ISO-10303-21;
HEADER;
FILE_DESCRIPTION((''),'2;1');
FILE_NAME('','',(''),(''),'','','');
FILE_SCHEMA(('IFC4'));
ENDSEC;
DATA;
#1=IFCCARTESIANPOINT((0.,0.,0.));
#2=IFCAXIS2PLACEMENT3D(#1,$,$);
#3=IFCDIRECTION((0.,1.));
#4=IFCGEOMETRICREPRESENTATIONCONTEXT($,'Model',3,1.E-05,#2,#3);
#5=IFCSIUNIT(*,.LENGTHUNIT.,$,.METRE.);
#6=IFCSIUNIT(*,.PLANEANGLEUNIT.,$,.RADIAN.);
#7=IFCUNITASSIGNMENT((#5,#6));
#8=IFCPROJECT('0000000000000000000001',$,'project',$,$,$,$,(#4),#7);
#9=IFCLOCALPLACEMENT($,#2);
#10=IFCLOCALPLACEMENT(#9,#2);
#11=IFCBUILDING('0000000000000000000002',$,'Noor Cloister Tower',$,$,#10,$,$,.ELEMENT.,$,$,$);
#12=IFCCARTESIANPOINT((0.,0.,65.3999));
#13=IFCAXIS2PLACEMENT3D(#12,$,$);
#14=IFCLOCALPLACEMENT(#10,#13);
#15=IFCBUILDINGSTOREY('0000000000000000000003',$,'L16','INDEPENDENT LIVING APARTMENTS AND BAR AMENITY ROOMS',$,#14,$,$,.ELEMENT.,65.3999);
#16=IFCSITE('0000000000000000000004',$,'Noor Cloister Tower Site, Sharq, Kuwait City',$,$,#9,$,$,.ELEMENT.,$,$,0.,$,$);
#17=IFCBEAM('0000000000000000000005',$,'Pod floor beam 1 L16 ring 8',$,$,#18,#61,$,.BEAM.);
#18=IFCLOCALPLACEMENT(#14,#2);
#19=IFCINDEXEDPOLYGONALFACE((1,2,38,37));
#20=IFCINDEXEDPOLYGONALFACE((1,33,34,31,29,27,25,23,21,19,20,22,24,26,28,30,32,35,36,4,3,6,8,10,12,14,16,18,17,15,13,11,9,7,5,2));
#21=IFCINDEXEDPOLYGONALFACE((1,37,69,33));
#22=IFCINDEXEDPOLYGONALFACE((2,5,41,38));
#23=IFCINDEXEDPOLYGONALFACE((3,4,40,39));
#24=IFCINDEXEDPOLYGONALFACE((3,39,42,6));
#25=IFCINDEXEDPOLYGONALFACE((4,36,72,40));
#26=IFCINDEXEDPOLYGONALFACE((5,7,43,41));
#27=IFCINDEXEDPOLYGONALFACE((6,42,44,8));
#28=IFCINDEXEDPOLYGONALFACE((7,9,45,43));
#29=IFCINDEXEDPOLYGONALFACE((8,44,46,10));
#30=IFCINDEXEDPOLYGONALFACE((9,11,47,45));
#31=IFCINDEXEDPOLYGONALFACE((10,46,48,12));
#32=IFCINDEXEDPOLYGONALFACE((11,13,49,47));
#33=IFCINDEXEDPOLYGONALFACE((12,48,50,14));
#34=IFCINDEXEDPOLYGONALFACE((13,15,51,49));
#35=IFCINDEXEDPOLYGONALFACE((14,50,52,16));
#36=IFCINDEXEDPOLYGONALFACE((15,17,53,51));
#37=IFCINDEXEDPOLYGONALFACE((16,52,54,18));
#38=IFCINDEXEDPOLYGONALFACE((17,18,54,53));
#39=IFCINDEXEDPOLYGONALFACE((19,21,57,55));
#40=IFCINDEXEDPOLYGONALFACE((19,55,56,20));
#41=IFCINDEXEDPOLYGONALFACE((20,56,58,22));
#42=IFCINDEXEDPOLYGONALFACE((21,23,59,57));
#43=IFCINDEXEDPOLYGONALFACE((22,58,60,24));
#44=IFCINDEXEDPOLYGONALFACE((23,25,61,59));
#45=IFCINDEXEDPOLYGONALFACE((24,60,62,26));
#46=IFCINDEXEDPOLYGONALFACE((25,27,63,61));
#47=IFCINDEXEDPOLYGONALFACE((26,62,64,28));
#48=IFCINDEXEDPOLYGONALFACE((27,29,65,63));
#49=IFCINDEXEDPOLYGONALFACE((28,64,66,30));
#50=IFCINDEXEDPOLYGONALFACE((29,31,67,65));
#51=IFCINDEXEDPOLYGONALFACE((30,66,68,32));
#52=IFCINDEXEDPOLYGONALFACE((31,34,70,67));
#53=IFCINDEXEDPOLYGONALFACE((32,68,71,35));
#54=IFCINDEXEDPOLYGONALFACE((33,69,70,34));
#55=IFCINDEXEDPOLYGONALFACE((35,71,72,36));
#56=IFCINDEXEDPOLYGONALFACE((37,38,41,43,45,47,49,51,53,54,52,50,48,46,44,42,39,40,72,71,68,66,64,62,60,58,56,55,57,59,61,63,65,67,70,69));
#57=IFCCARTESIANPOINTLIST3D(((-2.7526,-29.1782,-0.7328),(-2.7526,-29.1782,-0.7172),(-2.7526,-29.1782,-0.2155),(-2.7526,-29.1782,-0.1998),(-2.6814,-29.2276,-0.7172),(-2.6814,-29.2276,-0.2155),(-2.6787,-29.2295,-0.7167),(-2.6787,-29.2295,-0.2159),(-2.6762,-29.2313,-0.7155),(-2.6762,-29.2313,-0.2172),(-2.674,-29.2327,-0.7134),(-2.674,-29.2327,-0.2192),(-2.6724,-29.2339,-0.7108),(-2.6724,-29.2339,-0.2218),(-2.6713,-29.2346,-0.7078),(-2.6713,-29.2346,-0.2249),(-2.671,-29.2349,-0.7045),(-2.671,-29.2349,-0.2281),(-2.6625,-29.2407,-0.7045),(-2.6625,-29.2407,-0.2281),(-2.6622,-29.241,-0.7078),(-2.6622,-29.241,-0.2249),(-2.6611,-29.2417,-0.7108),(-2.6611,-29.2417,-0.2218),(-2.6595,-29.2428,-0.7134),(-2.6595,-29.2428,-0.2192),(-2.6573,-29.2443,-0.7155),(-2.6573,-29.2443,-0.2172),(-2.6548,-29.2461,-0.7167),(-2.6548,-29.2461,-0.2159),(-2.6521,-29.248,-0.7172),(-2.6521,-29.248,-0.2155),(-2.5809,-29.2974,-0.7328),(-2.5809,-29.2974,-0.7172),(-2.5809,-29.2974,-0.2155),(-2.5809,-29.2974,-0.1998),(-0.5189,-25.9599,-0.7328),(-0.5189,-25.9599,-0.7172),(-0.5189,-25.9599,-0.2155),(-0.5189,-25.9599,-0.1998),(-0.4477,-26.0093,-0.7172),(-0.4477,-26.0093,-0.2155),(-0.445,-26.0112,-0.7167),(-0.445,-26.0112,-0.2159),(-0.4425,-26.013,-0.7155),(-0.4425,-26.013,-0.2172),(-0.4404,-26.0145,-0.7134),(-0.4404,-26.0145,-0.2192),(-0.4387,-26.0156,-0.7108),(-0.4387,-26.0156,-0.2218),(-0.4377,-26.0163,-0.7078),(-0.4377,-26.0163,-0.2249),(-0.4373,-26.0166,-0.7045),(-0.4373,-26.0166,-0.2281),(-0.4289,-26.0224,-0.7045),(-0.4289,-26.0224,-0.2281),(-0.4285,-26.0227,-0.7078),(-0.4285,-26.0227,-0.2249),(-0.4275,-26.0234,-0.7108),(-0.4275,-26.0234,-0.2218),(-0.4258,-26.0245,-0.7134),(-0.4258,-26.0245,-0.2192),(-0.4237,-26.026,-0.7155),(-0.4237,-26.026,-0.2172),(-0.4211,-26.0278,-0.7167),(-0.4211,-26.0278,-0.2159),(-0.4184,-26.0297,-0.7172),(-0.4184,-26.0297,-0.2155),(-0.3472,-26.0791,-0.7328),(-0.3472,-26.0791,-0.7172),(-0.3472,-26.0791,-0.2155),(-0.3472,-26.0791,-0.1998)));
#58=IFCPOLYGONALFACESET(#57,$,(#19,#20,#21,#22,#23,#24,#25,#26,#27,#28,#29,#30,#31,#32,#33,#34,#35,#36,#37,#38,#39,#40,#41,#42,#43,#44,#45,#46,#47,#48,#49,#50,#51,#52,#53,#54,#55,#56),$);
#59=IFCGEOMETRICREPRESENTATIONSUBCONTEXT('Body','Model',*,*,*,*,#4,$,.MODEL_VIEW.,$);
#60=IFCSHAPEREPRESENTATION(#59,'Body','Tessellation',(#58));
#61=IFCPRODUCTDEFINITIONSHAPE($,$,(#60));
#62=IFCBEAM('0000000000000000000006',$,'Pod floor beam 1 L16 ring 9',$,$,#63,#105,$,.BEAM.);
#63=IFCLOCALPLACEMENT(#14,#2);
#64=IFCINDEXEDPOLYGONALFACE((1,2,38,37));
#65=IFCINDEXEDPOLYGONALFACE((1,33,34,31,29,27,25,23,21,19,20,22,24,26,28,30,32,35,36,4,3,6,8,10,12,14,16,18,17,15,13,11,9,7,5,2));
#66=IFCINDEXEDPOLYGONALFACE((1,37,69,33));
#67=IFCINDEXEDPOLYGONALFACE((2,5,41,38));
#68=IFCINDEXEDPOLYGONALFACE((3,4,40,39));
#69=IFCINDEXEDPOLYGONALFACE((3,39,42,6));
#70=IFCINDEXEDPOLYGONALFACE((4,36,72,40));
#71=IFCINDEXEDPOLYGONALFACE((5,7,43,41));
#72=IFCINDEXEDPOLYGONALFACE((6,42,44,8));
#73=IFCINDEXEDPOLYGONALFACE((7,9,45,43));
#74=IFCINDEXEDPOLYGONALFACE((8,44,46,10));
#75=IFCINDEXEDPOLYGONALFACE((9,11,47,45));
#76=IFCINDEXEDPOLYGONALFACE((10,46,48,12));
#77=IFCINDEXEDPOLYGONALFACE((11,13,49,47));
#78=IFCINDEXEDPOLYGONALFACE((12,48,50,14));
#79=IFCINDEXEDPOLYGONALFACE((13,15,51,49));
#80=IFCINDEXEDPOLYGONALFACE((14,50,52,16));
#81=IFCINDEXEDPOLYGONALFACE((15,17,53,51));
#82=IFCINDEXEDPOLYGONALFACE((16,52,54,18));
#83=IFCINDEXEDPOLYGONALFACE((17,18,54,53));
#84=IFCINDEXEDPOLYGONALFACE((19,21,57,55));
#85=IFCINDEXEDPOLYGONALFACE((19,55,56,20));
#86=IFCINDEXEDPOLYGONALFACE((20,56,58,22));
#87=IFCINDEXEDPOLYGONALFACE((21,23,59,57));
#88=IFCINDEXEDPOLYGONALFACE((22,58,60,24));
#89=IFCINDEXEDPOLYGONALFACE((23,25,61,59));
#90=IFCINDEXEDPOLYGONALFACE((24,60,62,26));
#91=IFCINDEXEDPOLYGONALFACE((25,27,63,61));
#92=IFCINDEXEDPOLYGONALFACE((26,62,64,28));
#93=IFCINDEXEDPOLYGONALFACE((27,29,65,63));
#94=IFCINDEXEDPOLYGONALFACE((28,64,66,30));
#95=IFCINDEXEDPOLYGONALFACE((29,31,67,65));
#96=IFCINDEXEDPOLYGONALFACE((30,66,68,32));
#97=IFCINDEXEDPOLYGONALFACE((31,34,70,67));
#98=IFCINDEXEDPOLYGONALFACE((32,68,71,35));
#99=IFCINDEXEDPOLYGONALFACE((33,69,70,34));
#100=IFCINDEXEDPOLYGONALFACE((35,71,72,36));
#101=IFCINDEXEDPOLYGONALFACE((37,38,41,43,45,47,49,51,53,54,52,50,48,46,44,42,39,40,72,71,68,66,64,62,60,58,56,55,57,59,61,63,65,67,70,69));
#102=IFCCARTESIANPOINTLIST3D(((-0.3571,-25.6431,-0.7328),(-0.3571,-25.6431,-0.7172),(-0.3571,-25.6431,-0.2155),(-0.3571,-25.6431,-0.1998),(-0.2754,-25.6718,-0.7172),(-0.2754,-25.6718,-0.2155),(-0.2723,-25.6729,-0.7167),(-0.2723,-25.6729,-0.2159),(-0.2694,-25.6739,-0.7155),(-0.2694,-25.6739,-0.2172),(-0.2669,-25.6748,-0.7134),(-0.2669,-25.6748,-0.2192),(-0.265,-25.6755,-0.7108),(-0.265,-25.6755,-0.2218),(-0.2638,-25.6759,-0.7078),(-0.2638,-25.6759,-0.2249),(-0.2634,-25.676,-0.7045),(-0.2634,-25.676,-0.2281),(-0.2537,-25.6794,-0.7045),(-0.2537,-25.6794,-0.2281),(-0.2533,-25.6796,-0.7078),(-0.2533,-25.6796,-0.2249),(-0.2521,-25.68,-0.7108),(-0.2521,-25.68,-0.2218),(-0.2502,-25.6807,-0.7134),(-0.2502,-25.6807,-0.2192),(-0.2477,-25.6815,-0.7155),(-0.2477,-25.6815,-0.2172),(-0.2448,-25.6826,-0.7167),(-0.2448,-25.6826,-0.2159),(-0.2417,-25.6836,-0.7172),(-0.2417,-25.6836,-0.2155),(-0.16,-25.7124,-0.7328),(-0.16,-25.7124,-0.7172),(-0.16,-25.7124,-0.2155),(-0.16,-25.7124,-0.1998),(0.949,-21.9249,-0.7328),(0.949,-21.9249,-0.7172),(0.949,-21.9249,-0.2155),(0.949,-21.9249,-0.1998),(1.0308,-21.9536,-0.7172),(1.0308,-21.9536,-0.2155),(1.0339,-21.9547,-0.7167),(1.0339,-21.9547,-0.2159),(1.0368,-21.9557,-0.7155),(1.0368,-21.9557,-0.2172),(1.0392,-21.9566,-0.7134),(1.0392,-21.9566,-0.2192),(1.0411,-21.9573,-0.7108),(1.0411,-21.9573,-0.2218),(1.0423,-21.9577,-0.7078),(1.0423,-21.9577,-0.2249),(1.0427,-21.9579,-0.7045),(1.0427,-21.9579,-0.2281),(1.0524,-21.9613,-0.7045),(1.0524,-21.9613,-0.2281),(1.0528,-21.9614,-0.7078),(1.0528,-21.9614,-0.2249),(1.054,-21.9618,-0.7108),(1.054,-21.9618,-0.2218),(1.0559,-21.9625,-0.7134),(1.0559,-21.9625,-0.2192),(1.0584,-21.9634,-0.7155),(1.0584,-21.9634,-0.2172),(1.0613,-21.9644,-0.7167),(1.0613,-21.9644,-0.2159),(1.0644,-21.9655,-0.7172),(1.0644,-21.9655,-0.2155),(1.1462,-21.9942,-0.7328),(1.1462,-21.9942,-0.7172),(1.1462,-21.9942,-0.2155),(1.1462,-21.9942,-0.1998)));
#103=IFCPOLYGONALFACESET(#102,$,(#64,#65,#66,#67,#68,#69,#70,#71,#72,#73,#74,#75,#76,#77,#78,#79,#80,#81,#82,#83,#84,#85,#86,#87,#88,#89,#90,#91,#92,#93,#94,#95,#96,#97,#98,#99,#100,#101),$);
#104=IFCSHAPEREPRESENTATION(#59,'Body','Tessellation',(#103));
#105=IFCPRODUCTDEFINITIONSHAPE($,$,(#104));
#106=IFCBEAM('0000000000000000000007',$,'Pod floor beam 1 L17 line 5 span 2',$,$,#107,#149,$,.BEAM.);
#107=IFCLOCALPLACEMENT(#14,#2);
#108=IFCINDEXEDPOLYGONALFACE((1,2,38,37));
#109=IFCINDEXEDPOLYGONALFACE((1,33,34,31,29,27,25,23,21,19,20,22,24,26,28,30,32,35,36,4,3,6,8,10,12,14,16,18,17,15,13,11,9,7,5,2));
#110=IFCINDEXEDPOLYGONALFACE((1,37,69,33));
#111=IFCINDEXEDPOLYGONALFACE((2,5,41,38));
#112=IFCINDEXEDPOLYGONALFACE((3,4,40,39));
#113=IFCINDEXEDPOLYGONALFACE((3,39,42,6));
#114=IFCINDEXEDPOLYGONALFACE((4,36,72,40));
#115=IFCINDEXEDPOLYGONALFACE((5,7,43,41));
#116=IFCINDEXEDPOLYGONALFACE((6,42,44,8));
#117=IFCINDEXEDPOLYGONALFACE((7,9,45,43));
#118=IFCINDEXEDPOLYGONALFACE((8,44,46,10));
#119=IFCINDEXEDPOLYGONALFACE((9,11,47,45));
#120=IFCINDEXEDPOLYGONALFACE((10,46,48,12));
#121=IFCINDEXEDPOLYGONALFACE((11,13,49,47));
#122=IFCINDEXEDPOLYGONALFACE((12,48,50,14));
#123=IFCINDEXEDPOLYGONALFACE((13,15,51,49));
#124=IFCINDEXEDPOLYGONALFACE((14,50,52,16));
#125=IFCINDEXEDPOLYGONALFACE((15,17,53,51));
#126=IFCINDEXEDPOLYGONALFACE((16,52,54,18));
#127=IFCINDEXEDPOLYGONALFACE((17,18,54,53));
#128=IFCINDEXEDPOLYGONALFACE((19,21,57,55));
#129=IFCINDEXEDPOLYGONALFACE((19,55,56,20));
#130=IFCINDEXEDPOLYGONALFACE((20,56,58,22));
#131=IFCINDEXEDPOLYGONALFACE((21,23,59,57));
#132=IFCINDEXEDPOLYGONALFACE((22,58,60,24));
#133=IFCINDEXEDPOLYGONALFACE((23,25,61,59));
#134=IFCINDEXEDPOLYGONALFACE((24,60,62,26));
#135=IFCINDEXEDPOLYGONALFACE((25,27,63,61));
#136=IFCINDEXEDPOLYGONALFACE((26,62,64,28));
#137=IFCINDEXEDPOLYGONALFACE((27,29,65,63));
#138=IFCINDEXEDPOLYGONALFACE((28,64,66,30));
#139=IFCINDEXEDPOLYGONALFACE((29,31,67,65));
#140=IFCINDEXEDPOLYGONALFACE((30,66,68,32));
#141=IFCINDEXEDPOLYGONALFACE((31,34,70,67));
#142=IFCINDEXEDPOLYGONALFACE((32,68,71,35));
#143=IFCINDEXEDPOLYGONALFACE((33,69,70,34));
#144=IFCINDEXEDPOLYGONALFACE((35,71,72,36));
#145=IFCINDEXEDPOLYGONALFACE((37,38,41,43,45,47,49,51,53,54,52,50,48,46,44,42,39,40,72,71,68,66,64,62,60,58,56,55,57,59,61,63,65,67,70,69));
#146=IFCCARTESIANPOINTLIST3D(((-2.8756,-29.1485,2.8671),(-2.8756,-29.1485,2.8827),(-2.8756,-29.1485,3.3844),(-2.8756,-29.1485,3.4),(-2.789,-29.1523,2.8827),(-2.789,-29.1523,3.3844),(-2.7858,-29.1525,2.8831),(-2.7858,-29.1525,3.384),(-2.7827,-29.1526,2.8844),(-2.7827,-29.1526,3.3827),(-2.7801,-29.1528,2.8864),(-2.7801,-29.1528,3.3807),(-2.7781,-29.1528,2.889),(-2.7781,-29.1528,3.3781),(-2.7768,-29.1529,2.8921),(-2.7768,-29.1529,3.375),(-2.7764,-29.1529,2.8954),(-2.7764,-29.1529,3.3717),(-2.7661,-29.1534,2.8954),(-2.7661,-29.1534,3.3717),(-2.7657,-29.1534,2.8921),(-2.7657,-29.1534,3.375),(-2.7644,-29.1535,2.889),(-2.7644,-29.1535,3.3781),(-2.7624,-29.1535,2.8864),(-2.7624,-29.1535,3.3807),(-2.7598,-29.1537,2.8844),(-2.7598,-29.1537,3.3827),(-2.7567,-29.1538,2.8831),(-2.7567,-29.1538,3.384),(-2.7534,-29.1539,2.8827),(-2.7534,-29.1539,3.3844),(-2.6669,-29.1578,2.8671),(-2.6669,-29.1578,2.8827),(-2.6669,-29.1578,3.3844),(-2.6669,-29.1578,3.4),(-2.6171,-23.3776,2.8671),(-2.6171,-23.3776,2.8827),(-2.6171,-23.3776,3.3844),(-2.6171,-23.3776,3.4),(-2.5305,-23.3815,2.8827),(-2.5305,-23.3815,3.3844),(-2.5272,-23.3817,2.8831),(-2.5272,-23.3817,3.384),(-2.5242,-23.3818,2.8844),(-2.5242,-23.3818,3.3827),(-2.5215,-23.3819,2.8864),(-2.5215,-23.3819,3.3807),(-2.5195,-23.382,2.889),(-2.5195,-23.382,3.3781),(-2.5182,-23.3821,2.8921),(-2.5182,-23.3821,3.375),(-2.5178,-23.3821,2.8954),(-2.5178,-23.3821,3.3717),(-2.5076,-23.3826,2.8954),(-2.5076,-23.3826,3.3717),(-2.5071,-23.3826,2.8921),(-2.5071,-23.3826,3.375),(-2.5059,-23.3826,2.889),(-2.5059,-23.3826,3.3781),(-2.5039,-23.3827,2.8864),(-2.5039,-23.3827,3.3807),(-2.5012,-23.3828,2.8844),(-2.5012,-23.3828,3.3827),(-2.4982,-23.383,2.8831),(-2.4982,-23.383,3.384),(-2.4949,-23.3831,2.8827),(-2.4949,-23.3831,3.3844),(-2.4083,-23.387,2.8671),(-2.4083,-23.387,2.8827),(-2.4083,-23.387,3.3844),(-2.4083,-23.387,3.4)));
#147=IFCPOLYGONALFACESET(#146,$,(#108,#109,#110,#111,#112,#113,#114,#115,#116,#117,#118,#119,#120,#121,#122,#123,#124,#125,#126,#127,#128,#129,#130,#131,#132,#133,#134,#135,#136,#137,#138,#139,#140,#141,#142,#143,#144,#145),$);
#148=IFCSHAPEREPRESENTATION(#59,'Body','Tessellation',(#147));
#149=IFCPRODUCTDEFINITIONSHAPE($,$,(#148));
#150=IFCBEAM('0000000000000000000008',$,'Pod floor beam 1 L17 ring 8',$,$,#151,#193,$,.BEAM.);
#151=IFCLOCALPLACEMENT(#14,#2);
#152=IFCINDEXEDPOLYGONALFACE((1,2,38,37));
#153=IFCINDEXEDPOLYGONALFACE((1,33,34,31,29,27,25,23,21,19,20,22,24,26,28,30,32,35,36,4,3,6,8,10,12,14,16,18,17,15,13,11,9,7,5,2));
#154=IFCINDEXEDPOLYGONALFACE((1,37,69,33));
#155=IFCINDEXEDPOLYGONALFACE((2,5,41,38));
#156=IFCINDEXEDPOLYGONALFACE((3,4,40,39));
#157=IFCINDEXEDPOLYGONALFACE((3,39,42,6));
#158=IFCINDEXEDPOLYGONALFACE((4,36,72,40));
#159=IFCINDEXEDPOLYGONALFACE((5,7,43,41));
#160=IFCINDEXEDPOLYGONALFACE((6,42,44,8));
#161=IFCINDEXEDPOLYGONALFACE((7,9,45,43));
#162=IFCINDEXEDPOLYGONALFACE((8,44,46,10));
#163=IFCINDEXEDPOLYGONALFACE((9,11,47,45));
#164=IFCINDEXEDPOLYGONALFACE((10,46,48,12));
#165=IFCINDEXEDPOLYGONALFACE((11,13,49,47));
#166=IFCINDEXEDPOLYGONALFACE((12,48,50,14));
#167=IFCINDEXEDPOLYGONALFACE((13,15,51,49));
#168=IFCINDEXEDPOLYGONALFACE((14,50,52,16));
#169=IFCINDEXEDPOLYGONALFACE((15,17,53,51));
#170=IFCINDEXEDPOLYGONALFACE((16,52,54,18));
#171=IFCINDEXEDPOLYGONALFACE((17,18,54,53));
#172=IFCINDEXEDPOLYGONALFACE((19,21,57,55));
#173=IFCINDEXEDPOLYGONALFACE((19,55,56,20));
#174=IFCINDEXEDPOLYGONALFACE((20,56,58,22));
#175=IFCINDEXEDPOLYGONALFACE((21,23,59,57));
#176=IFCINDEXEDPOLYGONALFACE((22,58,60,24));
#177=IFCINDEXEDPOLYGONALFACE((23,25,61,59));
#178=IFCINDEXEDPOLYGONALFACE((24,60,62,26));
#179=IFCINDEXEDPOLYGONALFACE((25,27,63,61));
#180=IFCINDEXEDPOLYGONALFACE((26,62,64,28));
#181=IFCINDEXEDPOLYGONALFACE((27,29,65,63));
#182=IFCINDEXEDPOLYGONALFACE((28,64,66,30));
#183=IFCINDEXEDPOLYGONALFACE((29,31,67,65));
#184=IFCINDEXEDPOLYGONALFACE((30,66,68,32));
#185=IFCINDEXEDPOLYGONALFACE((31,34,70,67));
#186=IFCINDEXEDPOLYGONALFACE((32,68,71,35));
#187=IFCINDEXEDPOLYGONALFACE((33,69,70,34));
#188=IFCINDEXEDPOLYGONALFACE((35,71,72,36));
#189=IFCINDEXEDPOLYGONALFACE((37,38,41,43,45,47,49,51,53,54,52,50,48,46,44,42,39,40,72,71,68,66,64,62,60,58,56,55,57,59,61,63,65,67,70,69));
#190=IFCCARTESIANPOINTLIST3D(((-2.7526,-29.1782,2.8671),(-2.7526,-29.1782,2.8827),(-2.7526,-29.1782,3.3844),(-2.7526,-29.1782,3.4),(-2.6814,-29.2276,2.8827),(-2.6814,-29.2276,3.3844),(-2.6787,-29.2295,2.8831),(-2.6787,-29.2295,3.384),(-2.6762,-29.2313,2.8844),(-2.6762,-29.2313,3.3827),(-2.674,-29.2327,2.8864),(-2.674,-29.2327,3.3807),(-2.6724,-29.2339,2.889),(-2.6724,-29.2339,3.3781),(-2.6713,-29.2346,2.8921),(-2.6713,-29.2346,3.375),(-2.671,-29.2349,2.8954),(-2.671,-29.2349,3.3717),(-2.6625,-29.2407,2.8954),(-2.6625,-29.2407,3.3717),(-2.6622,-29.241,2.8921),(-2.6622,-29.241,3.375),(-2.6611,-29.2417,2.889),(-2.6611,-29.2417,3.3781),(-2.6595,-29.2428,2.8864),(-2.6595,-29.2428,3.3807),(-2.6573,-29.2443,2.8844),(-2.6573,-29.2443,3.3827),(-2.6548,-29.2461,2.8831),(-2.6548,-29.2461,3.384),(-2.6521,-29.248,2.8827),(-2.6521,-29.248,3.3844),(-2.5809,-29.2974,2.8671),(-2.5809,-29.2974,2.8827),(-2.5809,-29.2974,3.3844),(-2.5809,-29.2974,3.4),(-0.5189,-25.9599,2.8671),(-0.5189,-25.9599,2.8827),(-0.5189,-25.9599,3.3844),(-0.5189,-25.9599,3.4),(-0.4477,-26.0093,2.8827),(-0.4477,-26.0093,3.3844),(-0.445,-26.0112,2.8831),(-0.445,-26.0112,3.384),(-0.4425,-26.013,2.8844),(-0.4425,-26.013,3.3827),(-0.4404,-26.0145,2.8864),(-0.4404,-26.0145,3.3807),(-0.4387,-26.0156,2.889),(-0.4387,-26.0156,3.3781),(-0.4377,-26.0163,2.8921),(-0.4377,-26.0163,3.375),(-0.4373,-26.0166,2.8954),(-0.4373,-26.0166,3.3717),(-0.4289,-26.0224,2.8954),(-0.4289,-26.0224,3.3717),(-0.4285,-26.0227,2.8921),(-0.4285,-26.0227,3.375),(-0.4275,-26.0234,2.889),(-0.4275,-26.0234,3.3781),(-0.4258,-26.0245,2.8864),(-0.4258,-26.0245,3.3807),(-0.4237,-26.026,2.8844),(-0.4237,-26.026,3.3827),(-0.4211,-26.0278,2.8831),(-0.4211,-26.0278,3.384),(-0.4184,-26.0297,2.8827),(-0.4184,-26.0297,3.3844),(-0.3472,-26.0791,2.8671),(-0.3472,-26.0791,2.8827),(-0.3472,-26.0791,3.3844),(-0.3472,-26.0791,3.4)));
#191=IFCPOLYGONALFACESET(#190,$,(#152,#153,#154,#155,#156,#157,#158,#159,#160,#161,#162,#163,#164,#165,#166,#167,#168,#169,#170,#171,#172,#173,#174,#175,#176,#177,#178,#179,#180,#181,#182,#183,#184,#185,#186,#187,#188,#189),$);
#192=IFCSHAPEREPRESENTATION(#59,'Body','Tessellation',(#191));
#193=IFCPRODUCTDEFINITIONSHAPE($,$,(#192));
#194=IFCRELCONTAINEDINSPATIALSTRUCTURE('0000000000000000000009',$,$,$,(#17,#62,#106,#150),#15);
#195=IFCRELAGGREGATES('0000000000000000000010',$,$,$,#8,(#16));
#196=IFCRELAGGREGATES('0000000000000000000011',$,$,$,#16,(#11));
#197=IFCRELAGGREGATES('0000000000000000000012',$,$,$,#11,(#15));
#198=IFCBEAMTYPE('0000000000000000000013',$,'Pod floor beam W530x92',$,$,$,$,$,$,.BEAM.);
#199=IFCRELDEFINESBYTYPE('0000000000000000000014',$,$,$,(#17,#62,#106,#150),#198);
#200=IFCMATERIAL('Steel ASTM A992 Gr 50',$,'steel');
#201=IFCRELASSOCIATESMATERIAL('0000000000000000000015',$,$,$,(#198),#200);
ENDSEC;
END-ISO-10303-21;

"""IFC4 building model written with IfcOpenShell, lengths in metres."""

from ifc_helpers import new_model, si_unit, direction, frame, origin, origin_2d, place, context, subcontext, project, spatial, i_section, extrude, material, material_profile, profile_set, type_object, element, save


model = new_model("IFC4")

# Units and contexts
model_context = context("Model", 3, precision=1e-05, world=origin(), true_north=direction((0.0, 1.0)))
body_context = subcontext(model_context, "Body", "Model", "MODEL_VIEW")
ifc_project = project(units=[si_unit("LENGTHUNIT", "METRE"), si_unit("PLANEANGLEUNIT", "RADIAN")], contexts=[model_context])

# Site, building, storey
site_placement = place(None, origin())
site = spatial("IfcSite", under=ifc_project, at=site_placement, Name="Noor Cloister Tower Site, Sharq, Kuwait City", CompositionType="ELEMENT", RefElevation=0.0)
building_placement = place(site_placement, origin())
building = spatial("IfcBuilding", under=site, at=building_placement, Name="Noor Cloister Tower", CompositionType="ELEMENT")
storey_placement = place(building_placement, frame((0.0, 0.0, 65.3999)))
storey = spatial("IfcBuildingStorey", under=building, at=storey_placement, Name="L16", Description="INDEPENDENT LIVING APARTMENTS AND BAR AMENITY ROOMS", CompositionType="ELEMENT", Elevation=65.3999)

# Beams
ifc_material_1 = material(Name="Steel ASTM A992 Gr 50", Category="steel")
ifc_material_profile_1 = material_profile(ifc_material_1, i_section(OverallWidth=0.209, OverallDepth=0.533, WebThickness=0.0103, FlangeThickness=0.0156, FilletRadius=0.0127, at=origin_2d()), Name="W530x92")
ifc_profile_set_1 = profile_set([ifc_material_profile_1], Name="Steel ASTM A992 Gr 50")
beam_type = type_object("IfcBeamType", Name="Pod floor beam W530x92", PredefinedType="BEAM", material=ifc_profile_set_1)
beam_1_placement = place(storey_placement, frame((-2.6667, -29.2378, -0.4663), z_axis=(0.570179, 0.821521, 0.0), x_axis=(-0.821521, 0.570179, 0.0)))
element("IfcBeam", 1, at=beam_1_placement, inside=storey, type_object=beam_type, Name="Pod floor beam 1 L16 ring 8", PredefinedType="BEAM", context=body_context, shape_type="SweptSolid", body=[
    extrude(i_section(OverallWidth=0.209, OverallDepth=0.533, WebThickness=0.0103, FlangeThickness=0.0156, FilletRadius=0.0127, at=origin_2d()), origin(), (0.0, 0.0, 1.0), 3.9175),
])
beam_2_placement = place(storey_placement, frame((-0.2585, -25.6777, -0.4663), z_axis=(0.331426, 0.943481, 0.0), x_axis=(-0.943481, 0.331426, 0.0)))
element("IfcBeam", 2, at=beam_2_placement, inside=storey, type_object=beam_type, Name="Pod floor beam 1 L16 ring 9", PredefinedType="BEAM", context=body_context, shape_type="SweptSolid", body=[
    extrude(i_section(OverallWidth=0.209, OverallDepth=0.533, WebThickness=0.0103, FlangeThickness=0.0156, FilletRadius=0.0127, at=origin_2d()), origin(), (0.0, 0.0, 1.0), 3.9409),
])
beam_3_placement = place(storey_placement, frame((-2.5127, -23.3823, 3.1335), z_axis=(-0.044758, -0.998998, 0.0), x_axis=(0.998998, -0.044758, 0.0)))
element("IfcBeam", 3, at=beam_3_placement, inside=storey, type_object=beam_type, Name="Pod floor beam 1 L17 line 5 span 2", PredefinedType="BEAM", context=body_context, shape_type="SweptSolid", body=[
    extrude(i_section(OverallWidth=0.209, OverallDepth=0.533, WebThickness=0.0103, FlangeThickness=0.0156, FilletRadius=0.0127, at=origin_2d()), origin(), (0.0, 0.0, 1.0), 5.7766),
])
beam_4_placement = place(storey_placement, frame((-2.6667, -29.2378, 3.1335), z_axis=(0.570179, 0.821521, 0.0), x_axis=(-0.821521, 0.570179, 0.0)))
element("IfcBeam", 4, at=beam_4_placement, inside=storey, type_object=beam_type, Name="Pod floor beam 1 L17 ring 8", PredefinedType="BEAM", context=body_context, shape_type="SweptSolid", body=[
    extrude(i_section(OverallWidth=0.209, OverallDepth=0.533, WebThickness=0.0103, FlangeThickness=0.0156, FilletRadius=0.0127, at=origin_2d()), origin(), (0.0, 0.0, 1.0), 3.9175),
])

save(model, "model.ifc")
